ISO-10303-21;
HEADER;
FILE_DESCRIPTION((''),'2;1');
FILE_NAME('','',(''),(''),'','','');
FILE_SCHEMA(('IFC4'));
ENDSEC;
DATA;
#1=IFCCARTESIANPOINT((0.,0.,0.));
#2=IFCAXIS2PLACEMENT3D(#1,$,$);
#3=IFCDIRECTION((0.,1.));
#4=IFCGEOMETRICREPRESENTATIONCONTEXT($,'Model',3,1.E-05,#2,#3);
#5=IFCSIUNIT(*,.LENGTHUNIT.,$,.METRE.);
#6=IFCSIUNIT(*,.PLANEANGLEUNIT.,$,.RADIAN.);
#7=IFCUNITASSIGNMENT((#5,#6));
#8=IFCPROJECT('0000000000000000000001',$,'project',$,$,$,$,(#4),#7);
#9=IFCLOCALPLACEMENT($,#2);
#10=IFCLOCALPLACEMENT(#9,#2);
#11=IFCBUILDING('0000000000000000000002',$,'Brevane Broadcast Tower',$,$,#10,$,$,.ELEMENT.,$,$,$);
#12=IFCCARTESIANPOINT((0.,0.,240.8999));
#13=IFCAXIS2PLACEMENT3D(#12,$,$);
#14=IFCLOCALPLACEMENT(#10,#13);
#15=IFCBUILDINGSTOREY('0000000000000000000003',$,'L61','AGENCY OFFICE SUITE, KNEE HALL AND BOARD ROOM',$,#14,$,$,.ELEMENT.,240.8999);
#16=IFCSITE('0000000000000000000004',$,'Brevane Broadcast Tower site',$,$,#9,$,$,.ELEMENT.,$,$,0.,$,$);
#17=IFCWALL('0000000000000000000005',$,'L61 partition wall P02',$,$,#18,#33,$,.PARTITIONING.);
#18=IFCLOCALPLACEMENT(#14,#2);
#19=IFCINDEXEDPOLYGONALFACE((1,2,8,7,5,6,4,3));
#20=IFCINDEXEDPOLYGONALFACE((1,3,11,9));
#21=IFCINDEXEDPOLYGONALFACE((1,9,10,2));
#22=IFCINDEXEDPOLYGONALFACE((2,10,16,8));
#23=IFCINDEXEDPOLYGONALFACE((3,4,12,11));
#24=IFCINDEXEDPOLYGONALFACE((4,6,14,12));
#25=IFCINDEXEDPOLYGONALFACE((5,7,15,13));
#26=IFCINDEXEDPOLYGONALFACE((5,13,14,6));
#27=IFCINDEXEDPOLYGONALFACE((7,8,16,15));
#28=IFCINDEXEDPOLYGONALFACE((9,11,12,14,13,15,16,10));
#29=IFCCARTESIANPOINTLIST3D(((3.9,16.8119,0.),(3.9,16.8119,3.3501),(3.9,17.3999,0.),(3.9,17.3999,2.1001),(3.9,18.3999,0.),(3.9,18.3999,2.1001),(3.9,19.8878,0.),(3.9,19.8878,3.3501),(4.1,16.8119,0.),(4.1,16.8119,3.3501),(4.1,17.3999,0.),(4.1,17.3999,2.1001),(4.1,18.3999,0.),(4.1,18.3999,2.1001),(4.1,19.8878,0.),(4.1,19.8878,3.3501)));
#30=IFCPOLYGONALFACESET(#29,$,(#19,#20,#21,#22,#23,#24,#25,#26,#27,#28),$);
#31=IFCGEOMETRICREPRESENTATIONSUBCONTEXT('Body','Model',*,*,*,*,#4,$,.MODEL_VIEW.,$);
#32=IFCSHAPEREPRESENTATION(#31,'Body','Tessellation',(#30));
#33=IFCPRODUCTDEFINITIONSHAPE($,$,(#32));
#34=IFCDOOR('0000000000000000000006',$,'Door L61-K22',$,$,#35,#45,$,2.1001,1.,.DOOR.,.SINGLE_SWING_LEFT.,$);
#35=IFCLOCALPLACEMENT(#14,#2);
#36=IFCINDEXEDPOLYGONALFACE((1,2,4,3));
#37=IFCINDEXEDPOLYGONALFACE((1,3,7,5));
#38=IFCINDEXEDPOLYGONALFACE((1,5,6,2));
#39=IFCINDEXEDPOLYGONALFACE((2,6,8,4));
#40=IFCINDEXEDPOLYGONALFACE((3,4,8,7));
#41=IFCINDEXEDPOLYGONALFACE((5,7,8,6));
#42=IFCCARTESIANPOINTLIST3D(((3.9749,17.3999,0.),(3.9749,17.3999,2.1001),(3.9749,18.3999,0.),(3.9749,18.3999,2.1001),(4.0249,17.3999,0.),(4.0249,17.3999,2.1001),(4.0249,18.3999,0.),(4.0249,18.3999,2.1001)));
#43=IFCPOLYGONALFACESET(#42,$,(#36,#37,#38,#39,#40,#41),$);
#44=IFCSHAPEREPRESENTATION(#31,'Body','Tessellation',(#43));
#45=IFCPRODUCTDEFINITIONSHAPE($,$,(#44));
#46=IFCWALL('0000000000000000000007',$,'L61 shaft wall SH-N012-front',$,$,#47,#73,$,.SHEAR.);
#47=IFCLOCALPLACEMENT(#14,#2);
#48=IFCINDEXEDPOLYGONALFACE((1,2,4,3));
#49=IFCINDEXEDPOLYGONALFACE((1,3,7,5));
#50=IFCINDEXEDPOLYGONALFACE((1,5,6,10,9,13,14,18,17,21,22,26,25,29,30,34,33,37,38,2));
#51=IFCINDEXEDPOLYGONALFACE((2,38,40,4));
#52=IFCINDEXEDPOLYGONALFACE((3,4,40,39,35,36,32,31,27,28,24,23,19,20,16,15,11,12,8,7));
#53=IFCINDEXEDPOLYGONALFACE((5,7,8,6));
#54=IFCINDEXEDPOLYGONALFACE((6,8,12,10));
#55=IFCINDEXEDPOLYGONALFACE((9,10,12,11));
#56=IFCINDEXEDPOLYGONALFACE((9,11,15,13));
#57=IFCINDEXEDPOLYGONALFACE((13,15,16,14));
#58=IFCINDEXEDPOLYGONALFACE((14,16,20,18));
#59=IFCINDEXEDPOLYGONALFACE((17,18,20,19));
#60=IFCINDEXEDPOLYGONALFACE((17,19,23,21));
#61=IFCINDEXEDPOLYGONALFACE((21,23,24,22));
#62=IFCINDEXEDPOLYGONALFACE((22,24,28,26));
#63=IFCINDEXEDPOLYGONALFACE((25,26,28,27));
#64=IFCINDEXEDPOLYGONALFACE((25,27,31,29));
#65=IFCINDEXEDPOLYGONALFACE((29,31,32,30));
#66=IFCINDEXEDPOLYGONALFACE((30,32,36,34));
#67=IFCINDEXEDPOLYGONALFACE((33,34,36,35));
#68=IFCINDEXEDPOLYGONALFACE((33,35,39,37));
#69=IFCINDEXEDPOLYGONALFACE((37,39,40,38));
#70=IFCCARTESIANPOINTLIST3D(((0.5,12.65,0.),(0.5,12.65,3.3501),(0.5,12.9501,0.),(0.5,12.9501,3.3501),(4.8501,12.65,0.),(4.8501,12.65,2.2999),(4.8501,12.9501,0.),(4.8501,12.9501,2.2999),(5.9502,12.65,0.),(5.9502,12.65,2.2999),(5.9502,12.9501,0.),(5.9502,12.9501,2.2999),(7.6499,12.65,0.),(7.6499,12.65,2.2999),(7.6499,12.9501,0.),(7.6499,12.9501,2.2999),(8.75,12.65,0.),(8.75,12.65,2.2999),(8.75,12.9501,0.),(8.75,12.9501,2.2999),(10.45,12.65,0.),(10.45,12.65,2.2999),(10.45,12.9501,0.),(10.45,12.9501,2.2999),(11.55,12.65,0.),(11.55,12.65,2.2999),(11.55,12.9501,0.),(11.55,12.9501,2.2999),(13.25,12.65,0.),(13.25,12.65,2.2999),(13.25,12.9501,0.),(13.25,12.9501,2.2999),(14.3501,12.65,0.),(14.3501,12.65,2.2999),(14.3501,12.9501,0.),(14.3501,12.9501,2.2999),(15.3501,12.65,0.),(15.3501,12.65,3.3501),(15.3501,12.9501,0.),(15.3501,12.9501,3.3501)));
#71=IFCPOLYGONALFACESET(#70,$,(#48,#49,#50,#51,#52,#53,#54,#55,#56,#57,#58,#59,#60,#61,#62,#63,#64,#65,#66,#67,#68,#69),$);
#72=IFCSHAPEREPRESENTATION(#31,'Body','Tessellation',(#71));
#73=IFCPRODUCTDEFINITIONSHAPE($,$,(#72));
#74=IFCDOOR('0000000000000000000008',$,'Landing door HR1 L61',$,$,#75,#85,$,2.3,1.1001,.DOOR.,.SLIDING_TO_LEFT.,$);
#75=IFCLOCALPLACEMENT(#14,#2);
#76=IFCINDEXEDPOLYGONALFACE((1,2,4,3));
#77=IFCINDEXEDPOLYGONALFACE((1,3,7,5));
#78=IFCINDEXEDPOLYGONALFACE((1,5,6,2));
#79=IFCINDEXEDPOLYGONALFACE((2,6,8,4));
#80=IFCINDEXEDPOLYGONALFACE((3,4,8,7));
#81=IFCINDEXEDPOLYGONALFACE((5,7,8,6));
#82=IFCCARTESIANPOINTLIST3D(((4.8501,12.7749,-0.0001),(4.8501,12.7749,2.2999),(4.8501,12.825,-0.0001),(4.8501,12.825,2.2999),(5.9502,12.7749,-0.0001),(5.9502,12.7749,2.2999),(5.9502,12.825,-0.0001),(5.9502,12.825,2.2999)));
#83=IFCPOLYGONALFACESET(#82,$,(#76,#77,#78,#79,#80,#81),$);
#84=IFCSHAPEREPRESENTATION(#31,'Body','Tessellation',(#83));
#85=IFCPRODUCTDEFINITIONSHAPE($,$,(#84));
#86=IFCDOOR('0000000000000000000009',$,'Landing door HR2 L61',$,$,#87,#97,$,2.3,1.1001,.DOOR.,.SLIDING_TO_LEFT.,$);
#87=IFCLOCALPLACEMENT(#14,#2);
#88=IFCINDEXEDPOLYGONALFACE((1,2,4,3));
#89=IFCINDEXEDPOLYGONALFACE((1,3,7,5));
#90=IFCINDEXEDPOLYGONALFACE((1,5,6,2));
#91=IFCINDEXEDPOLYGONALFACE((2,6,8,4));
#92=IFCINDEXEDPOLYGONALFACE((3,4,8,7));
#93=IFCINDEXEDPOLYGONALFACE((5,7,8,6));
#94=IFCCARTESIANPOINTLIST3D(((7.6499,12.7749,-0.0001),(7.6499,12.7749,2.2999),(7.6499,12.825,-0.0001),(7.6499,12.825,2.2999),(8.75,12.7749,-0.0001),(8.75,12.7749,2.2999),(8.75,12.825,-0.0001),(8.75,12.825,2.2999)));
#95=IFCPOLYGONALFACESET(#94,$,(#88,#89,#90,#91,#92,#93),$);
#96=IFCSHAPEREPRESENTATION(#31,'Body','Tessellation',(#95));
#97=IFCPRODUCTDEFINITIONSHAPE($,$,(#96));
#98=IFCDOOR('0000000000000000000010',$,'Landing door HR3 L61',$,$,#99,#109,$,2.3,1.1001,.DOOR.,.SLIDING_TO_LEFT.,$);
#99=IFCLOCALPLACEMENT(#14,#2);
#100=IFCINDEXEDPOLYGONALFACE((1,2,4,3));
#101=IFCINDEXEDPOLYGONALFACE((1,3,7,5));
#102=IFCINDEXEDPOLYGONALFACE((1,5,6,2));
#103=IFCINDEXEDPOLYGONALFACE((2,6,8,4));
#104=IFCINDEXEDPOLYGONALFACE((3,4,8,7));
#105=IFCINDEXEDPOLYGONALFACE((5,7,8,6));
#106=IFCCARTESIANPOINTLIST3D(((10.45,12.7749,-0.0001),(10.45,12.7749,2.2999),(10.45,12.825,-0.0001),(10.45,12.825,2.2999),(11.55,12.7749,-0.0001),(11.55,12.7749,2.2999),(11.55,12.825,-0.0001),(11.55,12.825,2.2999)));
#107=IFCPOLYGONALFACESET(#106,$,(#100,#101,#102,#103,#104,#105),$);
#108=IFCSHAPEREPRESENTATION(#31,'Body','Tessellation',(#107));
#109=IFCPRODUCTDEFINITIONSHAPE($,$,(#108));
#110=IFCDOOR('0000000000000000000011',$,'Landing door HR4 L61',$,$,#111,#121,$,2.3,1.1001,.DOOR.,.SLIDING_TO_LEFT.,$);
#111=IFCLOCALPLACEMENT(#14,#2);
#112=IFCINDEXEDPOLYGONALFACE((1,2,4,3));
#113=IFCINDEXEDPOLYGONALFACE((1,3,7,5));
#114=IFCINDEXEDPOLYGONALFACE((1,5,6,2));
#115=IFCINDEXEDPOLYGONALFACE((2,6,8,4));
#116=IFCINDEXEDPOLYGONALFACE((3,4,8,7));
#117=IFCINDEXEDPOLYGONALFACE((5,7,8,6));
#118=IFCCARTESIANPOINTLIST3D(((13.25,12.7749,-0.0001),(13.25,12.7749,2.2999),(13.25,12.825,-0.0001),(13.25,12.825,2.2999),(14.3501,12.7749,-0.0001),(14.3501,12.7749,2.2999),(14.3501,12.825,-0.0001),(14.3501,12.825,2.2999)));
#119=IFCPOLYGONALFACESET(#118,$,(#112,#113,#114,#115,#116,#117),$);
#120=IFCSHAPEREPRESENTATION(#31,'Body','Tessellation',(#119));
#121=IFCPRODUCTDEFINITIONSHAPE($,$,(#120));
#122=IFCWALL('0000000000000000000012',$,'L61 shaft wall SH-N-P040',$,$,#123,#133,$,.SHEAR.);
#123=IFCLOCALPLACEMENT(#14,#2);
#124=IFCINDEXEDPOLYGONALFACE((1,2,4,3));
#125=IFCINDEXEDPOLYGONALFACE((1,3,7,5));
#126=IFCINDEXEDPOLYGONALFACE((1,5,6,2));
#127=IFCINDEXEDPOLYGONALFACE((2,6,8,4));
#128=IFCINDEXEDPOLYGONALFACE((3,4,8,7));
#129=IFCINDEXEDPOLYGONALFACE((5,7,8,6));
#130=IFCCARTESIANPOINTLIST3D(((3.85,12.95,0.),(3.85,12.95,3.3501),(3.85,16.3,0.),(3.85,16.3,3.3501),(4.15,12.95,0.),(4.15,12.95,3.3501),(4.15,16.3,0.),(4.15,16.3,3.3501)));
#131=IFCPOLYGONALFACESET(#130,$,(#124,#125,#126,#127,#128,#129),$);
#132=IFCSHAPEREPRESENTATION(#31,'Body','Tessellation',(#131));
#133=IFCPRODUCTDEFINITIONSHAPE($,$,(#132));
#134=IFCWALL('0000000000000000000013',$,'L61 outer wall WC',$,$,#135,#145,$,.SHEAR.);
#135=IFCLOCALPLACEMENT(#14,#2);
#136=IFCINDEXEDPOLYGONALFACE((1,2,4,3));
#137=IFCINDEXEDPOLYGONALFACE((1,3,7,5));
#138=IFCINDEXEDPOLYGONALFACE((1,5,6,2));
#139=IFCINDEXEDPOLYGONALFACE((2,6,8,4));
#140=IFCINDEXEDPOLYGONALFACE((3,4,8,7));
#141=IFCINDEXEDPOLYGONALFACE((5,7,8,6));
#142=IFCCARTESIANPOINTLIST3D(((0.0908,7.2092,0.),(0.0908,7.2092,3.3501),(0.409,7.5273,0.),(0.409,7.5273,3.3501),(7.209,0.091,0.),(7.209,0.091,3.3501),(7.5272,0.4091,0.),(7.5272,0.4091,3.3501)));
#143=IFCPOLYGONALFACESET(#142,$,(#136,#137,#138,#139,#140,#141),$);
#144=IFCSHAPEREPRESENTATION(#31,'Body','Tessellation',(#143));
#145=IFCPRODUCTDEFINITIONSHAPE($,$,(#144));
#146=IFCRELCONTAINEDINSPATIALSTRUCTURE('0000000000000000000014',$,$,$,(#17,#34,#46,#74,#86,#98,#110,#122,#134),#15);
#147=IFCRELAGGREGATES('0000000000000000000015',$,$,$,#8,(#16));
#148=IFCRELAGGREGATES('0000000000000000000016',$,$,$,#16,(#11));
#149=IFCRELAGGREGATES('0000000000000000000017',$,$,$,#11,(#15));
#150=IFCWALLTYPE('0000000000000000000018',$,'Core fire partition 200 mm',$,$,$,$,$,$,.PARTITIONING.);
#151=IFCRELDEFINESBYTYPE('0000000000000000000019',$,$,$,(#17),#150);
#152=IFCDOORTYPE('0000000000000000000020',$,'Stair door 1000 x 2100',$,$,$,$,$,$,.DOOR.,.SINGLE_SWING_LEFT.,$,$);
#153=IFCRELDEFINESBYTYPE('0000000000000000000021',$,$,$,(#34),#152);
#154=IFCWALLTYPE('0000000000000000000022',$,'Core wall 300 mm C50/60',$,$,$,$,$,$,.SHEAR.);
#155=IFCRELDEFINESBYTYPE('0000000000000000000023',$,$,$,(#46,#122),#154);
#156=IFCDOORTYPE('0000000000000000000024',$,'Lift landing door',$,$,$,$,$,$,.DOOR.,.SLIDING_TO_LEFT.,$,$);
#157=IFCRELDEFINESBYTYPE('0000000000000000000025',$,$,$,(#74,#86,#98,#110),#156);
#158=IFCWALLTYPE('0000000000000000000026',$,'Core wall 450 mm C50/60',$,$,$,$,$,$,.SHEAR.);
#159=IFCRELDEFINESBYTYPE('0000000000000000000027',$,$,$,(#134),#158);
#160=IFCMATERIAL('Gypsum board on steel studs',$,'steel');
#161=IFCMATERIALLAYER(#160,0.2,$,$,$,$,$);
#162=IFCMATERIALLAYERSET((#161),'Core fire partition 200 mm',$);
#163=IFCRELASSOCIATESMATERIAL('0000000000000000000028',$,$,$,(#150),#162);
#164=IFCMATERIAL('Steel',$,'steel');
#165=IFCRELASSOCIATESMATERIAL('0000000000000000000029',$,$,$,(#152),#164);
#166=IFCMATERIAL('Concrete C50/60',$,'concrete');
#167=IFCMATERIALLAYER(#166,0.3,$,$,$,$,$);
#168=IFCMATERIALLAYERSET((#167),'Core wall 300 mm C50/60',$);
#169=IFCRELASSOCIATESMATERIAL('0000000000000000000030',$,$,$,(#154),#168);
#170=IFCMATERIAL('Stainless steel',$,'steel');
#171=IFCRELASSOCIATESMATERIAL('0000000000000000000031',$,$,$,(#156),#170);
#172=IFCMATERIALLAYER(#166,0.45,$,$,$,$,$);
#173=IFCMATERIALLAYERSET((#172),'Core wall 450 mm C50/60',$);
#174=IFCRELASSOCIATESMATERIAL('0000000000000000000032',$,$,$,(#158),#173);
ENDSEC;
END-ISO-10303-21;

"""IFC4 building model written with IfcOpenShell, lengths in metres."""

from ifc_helpers import new_model, si_unit, direction, frame, frame_2d, origin, place, context, subcontext, project, spatial, rectangle, extrude, material, layer, layer_set, type_object, element, fill, save


model = new_model("IFC4")

# Units and contexts
model_context = context("Model", 3, precision=1e-05, world=origin(), true_north=direction((0.0, 1.0)))
body_context = subcontext(model_context, "Body", "Model", "MODEL_VIEW")
ifc_project = project(units=[si_unit("LENGTHUNIT", "METRE"), si_unit("PLANEANGLEUNIT", "RADIAN")], contexts=[model_context])

# Site, building, storey
site_placement = place(None, origin())
site = spatial("IfcSite", under=ifc_project, at=site_placement, Name="Brevane Broadcast Tower site", CompositionType="ELEMENT", RefElevation=0.0)
building_placement = place(site_placement, origin())
building = spatial("IfcBuilding", under=site, at=building_placement, Name="Brevane Broadcast Tower", CompositionType="ELEMENT")
storey_placement = place(building_placement, frame((0.0, 0.0, 240.8999)))
storey = spatial("IfcBuildingStorey", under=building, at=storey_placement, Name="L61", Description="AGENCY OFFICE SUITE, KNEE HALL AND BOARD ROOM", CompositionType="ELEMENT", Elevation=240.8999)

# Shared definitions
ifc_material_1 = material(Name="Gypsum board on steel studs", Category="steel")
ifc_layer_1 = layer(ifc_material_1, 0.2)
ifc_layer_set_1 = layer_set([ifc_layer_1], Name="Core fire partition 200 mm")
wall_type_1 = type_object("IfcWallType", Name="Core fire partition 200 mm", PredefinedType="PARTITIONING", material=ifc_layer_set_1)

# Wall, opening, door
wall_1_placement = place(storey_placement, frame((4.0, 19.8879, 0.0), z_axis=(0.0, 0.0, 1.0), x_axis=(0.0, -1.0, 0.0)))
wall_1 = element("IfcWall", 1, at=wall_1_placement, inside=storey, type_object=wall_type_1, Name="L61 partition wall P02", PredefinedType="PARTITIONING", context=body_context, shape_type="SweptSolid", body=[
    extrude(rectangle(XDim=3.0759, YDim=0.2, at=frame_2d((1.5381, 0.0))), origin(), (0.0, 0.0, 1.0), 3.3501),
])
opening_1_placement = place(wall_1_placement, frame((1.488, 0.0, 0.0)))
opening_1 = element("IfcOpeningElement", 2, at=opening_1_placement, cuts=wall_1, PredefinedType="OPENING", context=body_context, shape_type="SweptSolid", body=[
    extrude(rectangle(XDim=1.0, YDim=2.1001, at=frame_2d((0.5, 1.05))), frame((0.0, 0.1099, 0.0), z_axis=(0.0, -1.0, 0.0), x_axis=(1.0, 0.0, 0.0)), (0.0, 0.0, 1.0), 0.22),
])
ifc_material_2 = material(Name="Steel", Category="steel")
door_type_1 = type_object("IfcDoorType", Name="Stair door 1000 x 2100", OperationType="SINGLE_SWING_LEFT", PredefinedType="DOOR", material=ifc_material_2)
door_1_placement = place(opening_1_placement, origin())
door_1 = element("IfcDoor", 3, at=door_1_placement, inside=storey, type_object=door_type_1, Name="Door L61-K22", OperationType="SINGLE_SWING_LEFT", OverallHeight=2.1001, OverallWidth=1.0, PredefinedType="DOOR", context=body_context, shape_type="SweptSolid", body=[
    extrude(rectangle(XDim=1.0, YDim=2.1001, at=frame_2d((0.5, 1.05))), frame((0.0, 0.0249, 0.0), z_axis=(0.0, -1.0, 0.0), x_axis=(1.0, 0.0, 0.0)), (0.0, 0.0, 1.0), 0.05),
])
fill(opening_1, door_1)

# Wall, openings, doors
ifc_material_3 = material(Name="Concrete C50/60", Category="concrete")
ifc_layer_2 = layer(ifc_material_3, 0.3)
ifc_layer_set_2 = layer_set([ifc_layer_2], Name="Core wall 300 mm C50/60")
wall_type_2 = type_object("IfcWallType", Name="Core wall 300 mm C50/60", PredefinedType="SHEAR", material=ifc_layer_set_2)
wall_2_placement = place(storey_placement, frame((0.5, 12.8, 0.0), z_axis=(0.0, 0.0, 1.0), x_axis=(1.0, 0.0, 0.0)))
wall_2 = element("IfcWall", 4, at=wall_2_placement, inside=storey, type_object=wall_type_2, Name="L61 shaft wall SH-N012-front", PredefinedType="SHEAR", context=body_context, shape_type="SweptSolid", body=[
    extrude(rectangle(XDim=14.8501, YDim=0.3, at=frame_2d((7.425, 0.0))), origin(), (0.0, 0.0, 1.0), 3.3501),
])
opening_2_placement = place(wall_2_placement, frame((4.3501, 0.0, 0.0)))
opening_2 = element("IfcOpeningElement", 5, at=opening_2_placement, cuts=wall_2, PredefinedType="OPENING", context=body_context, shape_type="SweptSolid", body=[
    extrude(rectangle(XDim=1.1001, YDim=2.3, at=frame_2d((0.55, 1.1499))), frame((0.0, 0.1599, 0.0), z_axis=(0.0, -1.0, 0.0), x_axis=(1.0, 0.0, 0.0)), (0.0, 0.0, 1.0), 0.3201),
])
opening_3_placement = place(wall_2_placement, frame((7.1499, 0.0, 0.0)))
opening_3 = element("IfcOpeningElement", 6, at=opening_3_placement, cuts=wall_2, PredefinedType="OPENING", context=body_context, shape_type="SweptSolid", body=[
    extrude(rectangle(XDim=1.1001, YDim=2.3, at=frame_2d((0.55, 1.1499))), frame((0.0, 0.1599, 0.0), z_axis=(0.0, -1.0, 0.0), x_axis=(1.0, 0.0, 0.0)), (0.0, 0.0, 1.0), 0.3201),
])
opening_4_placement = place(wall_2_placement, frame((9.95, 0.0, 0.0)))
opening_4 = element("IfcOpeningElement", 7, at=opening_4_placement, cuts=wall_2, PredefinedType="OPENING", context=body_context, shape_type="SweptSolid", body=[
    extrude(rectangle(XDim=1.1001, YDim=2.3, at=frame_2d((0.55, 1.1499))), frame((0.0, 0.1599, 0.0), z_axis=(0.0, -1.0, 0.0), x_axis=(1.0, 0.0, 0.0)), (0.0, 0.0, 1.0), 0.3201),
])
opening_5_placement = place(wall_2_placement, frame((12.75, 0.0, 0.0)))
opening_5 = element("IfcOpeningElement", 8, at=opening_5_placement, cuts=wall_2, PredefinedType="OPENING", context=body_context, shape_type="SweptSolid", body=[
    extrude(rectangle(XDim=1.1001, YDim=2.3, at=frame_2d((0.55, 1.1499))), frame((0.0, 0.1599, 0.0), z_axis=(0.0, -1.0, 0.0), x_axis=(1.0, 0.0, 0.0)), (0.0, 0.0, 1.0), 0.3201),
])
ifc_material_4 = material(Name="Stainless steel", Category="steel")
door_type_2 = type_object("IfcDoorType", Name="Lift landing door", OperationType="SLIDING_TO_LEFT", PredefinedType="DOOR", material=ifc_material_4)
door_2_placement = place(opening_2_placement, origin())
door_2 = element("IfcDoor", 9, at=door_2_placement, inside=storey, type_object=door_type_2, Name="Landing door HR1 L61", OperationType="SLIDING_TO_LEFT", OverallHeight=2.3, OverallWidth=1.1001, PredefinedType="DOOR", context=body_context, shape_type="SweptSolid", body=[
    extrude(rectangle(XDim=1.1001, YDim=2.3, at=frame_2d((0.55, 1.1499))), frame((0.0, 0.0249, 0.0), z_axis=(0.0, -1.0, 0.0), x_axis=(1.0, 0.0, 0.0)), (0.0, 0.0, 1.0), 0.05),
])
fill(opening_2, door_2)
door_3_placement = place(opening_3_placement, origin())
door_3 = element("IfcDoor", 10, at=door_3_placement, inside=storey, type_object=door_type_2, Name="Landing door HR2 L61", OperationType="SLIDING_TO_LEFT", OverallHeight=2.3, OverallWidth=1.1001, PredefinedType="DOOR", context=body_context, shape_type="SweptSolid", body=[
    extrude(rectangle(XDim=1.1001, YDim=2.3, at=frame_2d((0.55, 1.1499))), frame((0.0, 0.0249, 0.0), z_axis=(0.0, -1.0, 0.0), x_axis=(1.0, 0.0, 0.0)), (0.0, 0.0, 1.0), 0.05),
])
fill(opening_3, door_3)
door_4_placement = place(opening_4_placement, origin())
door_4 = element("IfcDoor", 11, at=door_4_placement, inside=storey, type_object=door_type_2, Name="Landing door HR3 L61", OperationType="SLIDING_TO_LEFT", OverallHeight=2.3, OverallWidth=1.1001, PredefinedType="DOOR", context=body_context, shape_type="SweptSolid", body=[
    extrude(rectangle(XDim=1.1001, YDim=2.3, at=frame_2d((0.55, 1.1499))), frame((0.0, 0.0249, 0.0), z_axis=(0.0, -1.0, 0.0), x_axis=(1.0, 0.0, 0.0)), (0.0, 0.0, 1.0), 0.05),
])
fill(opening_4, door_4)
door_5_placement = place(opening_5_placement, origin())
door_5 = element("IfcDoor", 12, at=door_5_placement, inside=storey, type_object=door_type_2, Name="Landing door HR4 L61", OperationType="SLIDING_TO_LEFT", OverallHeight=2.3, OverallWidth=1.1001, PredefinedType="DOOR", context=body_context, shape_type="SweptSolid", body=[
    extrude(rectangle(XDim=1.1001, YDim=2.3, at=frame_2d((0.55, 1.1499))), frame((0.0, 0.0249, 0.0), z_axis=(0.0, -1.0, 0.0), x_axis=(1.0, 0.0, 0.0)), (0.0, 0.0, 1.0), 0.05),
])
fill(opening_5, door_5)

# Walls
wall_3_placement = place(storey_placement, frame((4.0, 12.95, 0.0), z_axis=(0.0, 0.0, 1.0), x_axis=(0.0, 1.0, 0.0)))
element("IfcWall", 13, at=wall_3_placement, inside=storey, type_object=wall_type_2, Name="L61 shaft wall SH-N-P040", PredefinedType="SHEAR", context=body_context, shape_type="SweptSolid", body=[
    extrude(rectangle(XDim=3.3501, YDim=0.3, at=frame_2d((1.675, 0.0))), origin(), (0.0, 0.0, 1.0), 3.3501),
])
ifc_layer_3 = layer(ifc_material_3, 0.45)
ifc_layer_set_3 = layer_set([ifc_layer_3], Name="Core wall 450 mm C50/60")
wall_type_3 = type_object("IfcWallType", Name="Core wall 450 mm C50/60", PredefinedType="SHEAR", material=ifc_layer_set_3)
wall_4_placement = place(storey_placement, frame((0.25, 7.3682, 0.0), z_axis=(0.0, 0.0, 1.0), x_axis=(0.707107, -0.707107, 0.0)))
element("IfcWall", 14, at=wall_4_placement, inside=storey, type_object=wall_type_3, Name="L61 outer wall WC", PredefinedType="SHEAR", context=body_context, shape_type="SweptSolid", body=[
    extrude(rectangle(XDim=10.0667, YDim=0.45, at=frame_2d((5.0332, 0.0))), origin(), (0.0, 0.0, 1.0), 3.3501),
])

save(model, "model.ifc")
